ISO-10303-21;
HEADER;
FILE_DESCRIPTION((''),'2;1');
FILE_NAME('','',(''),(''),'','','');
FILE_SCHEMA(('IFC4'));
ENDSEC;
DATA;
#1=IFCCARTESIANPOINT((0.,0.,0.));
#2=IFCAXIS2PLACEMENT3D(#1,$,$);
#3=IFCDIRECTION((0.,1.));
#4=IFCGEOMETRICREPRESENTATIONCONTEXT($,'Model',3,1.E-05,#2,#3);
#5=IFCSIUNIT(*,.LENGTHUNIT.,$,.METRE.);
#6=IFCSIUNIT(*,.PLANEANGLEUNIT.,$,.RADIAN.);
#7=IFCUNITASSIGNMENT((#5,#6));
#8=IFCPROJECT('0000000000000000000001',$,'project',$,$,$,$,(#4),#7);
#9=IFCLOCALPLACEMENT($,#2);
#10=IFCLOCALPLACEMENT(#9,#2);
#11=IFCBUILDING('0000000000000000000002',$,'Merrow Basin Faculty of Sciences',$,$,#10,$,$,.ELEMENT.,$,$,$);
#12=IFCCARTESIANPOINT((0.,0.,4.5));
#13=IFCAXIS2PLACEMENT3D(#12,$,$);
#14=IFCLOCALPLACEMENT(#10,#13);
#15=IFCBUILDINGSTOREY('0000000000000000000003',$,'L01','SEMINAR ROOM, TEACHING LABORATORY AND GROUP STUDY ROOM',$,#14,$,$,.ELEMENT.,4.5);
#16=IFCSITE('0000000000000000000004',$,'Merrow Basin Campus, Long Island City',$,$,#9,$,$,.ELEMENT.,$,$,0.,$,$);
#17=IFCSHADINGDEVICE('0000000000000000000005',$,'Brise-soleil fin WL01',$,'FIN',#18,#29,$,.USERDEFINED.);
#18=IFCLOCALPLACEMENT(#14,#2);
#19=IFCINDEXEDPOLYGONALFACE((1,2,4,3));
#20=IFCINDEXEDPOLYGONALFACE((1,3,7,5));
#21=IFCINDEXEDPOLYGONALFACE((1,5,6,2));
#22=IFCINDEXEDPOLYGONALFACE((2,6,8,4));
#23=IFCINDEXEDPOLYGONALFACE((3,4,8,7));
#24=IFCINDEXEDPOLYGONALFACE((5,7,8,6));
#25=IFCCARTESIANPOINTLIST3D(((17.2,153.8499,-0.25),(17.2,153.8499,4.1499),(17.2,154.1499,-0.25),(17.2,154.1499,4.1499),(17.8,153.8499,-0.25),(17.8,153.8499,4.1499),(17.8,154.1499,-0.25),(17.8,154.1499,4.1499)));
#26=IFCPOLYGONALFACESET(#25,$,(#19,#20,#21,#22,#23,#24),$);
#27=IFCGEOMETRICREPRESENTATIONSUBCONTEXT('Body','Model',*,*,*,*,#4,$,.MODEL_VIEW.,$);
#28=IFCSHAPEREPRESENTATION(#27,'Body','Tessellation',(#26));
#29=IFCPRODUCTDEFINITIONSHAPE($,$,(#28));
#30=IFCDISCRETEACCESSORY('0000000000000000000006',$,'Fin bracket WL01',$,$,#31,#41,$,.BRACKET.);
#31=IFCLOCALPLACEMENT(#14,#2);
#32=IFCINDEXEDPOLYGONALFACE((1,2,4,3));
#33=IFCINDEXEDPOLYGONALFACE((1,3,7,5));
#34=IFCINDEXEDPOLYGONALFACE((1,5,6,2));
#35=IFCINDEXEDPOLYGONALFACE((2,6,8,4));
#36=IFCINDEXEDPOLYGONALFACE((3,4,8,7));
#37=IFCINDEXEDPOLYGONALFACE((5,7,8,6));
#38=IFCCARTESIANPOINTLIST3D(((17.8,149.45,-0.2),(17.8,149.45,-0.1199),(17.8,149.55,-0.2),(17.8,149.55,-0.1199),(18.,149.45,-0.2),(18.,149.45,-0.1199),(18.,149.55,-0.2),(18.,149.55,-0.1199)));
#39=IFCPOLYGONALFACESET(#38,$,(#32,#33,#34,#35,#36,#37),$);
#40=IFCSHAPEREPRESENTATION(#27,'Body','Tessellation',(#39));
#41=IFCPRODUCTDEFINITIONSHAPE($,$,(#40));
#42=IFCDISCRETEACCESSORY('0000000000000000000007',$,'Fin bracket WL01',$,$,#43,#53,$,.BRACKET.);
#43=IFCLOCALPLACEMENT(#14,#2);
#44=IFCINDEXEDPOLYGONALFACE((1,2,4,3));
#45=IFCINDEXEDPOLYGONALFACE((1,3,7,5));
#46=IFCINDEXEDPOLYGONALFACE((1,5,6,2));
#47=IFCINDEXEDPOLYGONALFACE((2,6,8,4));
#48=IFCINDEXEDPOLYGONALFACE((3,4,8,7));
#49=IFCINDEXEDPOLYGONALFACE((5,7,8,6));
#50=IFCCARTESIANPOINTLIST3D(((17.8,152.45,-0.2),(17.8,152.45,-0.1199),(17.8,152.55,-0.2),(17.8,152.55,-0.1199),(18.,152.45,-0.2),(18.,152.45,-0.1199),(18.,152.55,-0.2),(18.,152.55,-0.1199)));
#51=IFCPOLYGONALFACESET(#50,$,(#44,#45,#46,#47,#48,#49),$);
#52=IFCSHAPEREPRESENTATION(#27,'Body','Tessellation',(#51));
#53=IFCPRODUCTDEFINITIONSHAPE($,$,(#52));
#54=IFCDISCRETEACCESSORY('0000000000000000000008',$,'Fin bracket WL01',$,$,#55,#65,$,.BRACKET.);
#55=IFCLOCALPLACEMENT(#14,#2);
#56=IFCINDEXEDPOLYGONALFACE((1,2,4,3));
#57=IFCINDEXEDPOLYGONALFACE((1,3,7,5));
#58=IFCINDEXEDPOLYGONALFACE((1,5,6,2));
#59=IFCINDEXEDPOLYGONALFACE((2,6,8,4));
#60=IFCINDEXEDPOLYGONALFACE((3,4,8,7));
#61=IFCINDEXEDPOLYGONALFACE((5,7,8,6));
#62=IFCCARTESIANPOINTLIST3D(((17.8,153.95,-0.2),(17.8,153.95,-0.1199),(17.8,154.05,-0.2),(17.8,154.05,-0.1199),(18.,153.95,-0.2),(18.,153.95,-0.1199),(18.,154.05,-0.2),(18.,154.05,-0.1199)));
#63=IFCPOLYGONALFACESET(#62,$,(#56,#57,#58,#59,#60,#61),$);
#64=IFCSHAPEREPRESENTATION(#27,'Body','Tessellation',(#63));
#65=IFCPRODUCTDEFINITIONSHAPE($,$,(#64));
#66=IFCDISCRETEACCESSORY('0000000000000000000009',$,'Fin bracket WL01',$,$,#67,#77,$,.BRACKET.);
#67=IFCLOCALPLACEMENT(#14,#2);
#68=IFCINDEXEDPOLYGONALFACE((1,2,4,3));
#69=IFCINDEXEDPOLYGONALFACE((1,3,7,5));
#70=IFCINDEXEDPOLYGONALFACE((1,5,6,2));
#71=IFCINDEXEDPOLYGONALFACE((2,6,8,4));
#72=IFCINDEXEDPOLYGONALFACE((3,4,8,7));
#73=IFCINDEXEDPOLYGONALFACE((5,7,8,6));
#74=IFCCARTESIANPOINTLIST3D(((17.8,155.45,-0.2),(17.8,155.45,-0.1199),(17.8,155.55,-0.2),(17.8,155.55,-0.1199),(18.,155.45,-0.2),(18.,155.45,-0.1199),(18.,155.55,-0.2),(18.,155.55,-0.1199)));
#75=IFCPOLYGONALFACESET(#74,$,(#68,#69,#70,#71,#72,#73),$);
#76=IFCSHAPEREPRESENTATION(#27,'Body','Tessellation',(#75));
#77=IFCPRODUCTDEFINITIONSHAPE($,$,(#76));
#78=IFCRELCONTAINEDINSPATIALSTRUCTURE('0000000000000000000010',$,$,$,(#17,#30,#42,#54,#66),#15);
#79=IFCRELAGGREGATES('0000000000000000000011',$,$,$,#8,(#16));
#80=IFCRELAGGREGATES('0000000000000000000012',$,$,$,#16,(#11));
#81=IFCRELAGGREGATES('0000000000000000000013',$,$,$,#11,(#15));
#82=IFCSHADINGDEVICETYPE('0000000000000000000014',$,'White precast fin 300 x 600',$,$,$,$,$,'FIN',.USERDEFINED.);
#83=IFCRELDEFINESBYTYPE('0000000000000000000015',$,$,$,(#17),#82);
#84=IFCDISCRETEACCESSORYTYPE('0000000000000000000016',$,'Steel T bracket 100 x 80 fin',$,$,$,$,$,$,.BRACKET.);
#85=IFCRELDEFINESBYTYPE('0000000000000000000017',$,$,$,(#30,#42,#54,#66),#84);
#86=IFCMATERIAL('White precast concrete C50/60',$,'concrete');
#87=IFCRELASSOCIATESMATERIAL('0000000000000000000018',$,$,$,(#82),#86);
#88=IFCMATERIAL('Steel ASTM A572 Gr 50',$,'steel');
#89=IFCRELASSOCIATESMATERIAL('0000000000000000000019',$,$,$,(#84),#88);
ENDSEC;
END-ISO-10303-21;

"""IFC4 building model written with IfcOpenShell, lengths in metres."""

from ifc_helpers import new_model, si_unit, direction, frame, origin, place, context, subcontext, project, spatial, polyline, outline, extrude, source, transform, mapped, material, type_object, element, save


model = new_model("IFC4")

# Units and contexts
model_context = context("Model", 3, precision=1e-05, world=origin(), true_north=direction((0.0, 1.0)))
body_context = subcontext(model_context, "Body", "Model", "MODEL_VIEW")
ifc_project = project(units=[si_unit("LENGTHUNIT", "METRE"), si_unit("PLANEANGLEUNIT", "RADIAN")], contexts=[model_context])

# Site, building, storey
site_placement = place(None, origin())
site = spatial("IfcSite", under=ifc_project, at=site_placement, Name="Merrow Basin Campus, Long Island City", CompositionType="ELEMENT", RefElevation=0.0)
building_placement = place(site_placement, origin())
building = spatial("IfcBuilding", under=site, at=building_placement, Name="Merrow Basin Faculty of Sciences", CompositionType="ELEMENT")
storey_placement = place(building_placement, frame((0.0, 0.0, 4.5)))
storey = spatial("IfcBuildingStorey", under=building, at=storey_placement, Name="L01", Description="SEMINAR ROOM, TEACHING LABORATORY AND GROUP STUDY ROOM", CompositionType="ELEMENT", Elevation=4.5)

# Shading device
ifc_material_1 = material(Name="White precast concrete C50/60", Category="concrete")
shading_device_type = type_object("IfcShadingDeviceType", Name="White precast fin 300 x 600", ElementType="FIN", PredefinedType="USERDEFINED", material=ifc_material_1)
shared_shape_1 = source(origin(), body_context, "Body", "SweptSolid", [
    extrude(outline(polyline([(0.0, 0.0), (0.3, 0.0), (0.3, 4.3999), (0.0, 4.3999), (0.0, 0.0)])), origin(), (0.0, 0.0, 1.0), 0.6001),
])
for number, where, z_axis, x_axis, name in (
    (1, (17.8, 154.1499, -0.25), (-1.0, 0.0, 0.0), (0.0, -1.0, 0.0), "Brise-soleil fin WL01"),
):
    element("IfcShadingDevice", number, at=place(storey_placement, frame(where, z_axis=z_axis, x_axis=x_axis)), inside=storey, type_object=shading_device_type, Name=name, ObjectType="FIN", PredefinedType="USERDEFINED", context=body_context, shape_type="MappedRepresentation", body=[
        mapped(shared_shape_1, transform((0.0, 0.0, 0.0), scale=1.0)),
    ])

# Discrete accessories
ifc_material_2 = material(Name="Steel ASTM A572 Gr 50", Category="steel")
discrete_accessory_type = type_object("IfcDiscreteAccessoryType", Name="Steel T bracket 100 x 80 fin", PredefinedType="BRACKET", material=ifc_material_2)
shared_shape_2 = source(origin(), body_context, "Body", "SweptSolid", [
    extrude(outline(polyline([(0.0, 0.0), (0.1001, 0.0), (0.1001, 0.0801), (0.0, 0.0801), (0.0, 0.0)])), origin(), (0.0, 0.0, 1.0), 0.2),
])
for number, where, z_axis, x_axis, name in (
    (2, (18.0, 149.55, -0.2), (-1.0, 0.0, 0.0), (0.0, -1.0, 0.0), "Fin bracket WL01"),
    (3, (18.0, 152.55, -0.2), (-1.0, 0.0, 0.0), (0.0, -1.0, 0.0), "Fin bracket WL01"),
    (4, (18.0, 154.05, -0.2), (-1.0, 0.0, 0.0), (0.0, -1.0, 0.0), "Fin bracket WL01"),
    (5, (18.0, 155.55, -0.2), (-1.0, 0.0, 0.0), (0.0, -1.0, 0.0), "Fin bracket WL01"),
):
    element("IfcDiscreteAccessory", number, at=place(storey_placement, frame(where, z_axis=z_axis, x_axis=x_axis)), inside=storey, type_object=discrete_accessory_type, Name=name, PredefinedType="BRACKET", context=body_context, shape_type="MappedRepresentation", body=[
        mapped(shared_shape_2, transform((0.0, 0.0, 0.0), scale=1.0)),
    ])

save(model, "model.ifc")
